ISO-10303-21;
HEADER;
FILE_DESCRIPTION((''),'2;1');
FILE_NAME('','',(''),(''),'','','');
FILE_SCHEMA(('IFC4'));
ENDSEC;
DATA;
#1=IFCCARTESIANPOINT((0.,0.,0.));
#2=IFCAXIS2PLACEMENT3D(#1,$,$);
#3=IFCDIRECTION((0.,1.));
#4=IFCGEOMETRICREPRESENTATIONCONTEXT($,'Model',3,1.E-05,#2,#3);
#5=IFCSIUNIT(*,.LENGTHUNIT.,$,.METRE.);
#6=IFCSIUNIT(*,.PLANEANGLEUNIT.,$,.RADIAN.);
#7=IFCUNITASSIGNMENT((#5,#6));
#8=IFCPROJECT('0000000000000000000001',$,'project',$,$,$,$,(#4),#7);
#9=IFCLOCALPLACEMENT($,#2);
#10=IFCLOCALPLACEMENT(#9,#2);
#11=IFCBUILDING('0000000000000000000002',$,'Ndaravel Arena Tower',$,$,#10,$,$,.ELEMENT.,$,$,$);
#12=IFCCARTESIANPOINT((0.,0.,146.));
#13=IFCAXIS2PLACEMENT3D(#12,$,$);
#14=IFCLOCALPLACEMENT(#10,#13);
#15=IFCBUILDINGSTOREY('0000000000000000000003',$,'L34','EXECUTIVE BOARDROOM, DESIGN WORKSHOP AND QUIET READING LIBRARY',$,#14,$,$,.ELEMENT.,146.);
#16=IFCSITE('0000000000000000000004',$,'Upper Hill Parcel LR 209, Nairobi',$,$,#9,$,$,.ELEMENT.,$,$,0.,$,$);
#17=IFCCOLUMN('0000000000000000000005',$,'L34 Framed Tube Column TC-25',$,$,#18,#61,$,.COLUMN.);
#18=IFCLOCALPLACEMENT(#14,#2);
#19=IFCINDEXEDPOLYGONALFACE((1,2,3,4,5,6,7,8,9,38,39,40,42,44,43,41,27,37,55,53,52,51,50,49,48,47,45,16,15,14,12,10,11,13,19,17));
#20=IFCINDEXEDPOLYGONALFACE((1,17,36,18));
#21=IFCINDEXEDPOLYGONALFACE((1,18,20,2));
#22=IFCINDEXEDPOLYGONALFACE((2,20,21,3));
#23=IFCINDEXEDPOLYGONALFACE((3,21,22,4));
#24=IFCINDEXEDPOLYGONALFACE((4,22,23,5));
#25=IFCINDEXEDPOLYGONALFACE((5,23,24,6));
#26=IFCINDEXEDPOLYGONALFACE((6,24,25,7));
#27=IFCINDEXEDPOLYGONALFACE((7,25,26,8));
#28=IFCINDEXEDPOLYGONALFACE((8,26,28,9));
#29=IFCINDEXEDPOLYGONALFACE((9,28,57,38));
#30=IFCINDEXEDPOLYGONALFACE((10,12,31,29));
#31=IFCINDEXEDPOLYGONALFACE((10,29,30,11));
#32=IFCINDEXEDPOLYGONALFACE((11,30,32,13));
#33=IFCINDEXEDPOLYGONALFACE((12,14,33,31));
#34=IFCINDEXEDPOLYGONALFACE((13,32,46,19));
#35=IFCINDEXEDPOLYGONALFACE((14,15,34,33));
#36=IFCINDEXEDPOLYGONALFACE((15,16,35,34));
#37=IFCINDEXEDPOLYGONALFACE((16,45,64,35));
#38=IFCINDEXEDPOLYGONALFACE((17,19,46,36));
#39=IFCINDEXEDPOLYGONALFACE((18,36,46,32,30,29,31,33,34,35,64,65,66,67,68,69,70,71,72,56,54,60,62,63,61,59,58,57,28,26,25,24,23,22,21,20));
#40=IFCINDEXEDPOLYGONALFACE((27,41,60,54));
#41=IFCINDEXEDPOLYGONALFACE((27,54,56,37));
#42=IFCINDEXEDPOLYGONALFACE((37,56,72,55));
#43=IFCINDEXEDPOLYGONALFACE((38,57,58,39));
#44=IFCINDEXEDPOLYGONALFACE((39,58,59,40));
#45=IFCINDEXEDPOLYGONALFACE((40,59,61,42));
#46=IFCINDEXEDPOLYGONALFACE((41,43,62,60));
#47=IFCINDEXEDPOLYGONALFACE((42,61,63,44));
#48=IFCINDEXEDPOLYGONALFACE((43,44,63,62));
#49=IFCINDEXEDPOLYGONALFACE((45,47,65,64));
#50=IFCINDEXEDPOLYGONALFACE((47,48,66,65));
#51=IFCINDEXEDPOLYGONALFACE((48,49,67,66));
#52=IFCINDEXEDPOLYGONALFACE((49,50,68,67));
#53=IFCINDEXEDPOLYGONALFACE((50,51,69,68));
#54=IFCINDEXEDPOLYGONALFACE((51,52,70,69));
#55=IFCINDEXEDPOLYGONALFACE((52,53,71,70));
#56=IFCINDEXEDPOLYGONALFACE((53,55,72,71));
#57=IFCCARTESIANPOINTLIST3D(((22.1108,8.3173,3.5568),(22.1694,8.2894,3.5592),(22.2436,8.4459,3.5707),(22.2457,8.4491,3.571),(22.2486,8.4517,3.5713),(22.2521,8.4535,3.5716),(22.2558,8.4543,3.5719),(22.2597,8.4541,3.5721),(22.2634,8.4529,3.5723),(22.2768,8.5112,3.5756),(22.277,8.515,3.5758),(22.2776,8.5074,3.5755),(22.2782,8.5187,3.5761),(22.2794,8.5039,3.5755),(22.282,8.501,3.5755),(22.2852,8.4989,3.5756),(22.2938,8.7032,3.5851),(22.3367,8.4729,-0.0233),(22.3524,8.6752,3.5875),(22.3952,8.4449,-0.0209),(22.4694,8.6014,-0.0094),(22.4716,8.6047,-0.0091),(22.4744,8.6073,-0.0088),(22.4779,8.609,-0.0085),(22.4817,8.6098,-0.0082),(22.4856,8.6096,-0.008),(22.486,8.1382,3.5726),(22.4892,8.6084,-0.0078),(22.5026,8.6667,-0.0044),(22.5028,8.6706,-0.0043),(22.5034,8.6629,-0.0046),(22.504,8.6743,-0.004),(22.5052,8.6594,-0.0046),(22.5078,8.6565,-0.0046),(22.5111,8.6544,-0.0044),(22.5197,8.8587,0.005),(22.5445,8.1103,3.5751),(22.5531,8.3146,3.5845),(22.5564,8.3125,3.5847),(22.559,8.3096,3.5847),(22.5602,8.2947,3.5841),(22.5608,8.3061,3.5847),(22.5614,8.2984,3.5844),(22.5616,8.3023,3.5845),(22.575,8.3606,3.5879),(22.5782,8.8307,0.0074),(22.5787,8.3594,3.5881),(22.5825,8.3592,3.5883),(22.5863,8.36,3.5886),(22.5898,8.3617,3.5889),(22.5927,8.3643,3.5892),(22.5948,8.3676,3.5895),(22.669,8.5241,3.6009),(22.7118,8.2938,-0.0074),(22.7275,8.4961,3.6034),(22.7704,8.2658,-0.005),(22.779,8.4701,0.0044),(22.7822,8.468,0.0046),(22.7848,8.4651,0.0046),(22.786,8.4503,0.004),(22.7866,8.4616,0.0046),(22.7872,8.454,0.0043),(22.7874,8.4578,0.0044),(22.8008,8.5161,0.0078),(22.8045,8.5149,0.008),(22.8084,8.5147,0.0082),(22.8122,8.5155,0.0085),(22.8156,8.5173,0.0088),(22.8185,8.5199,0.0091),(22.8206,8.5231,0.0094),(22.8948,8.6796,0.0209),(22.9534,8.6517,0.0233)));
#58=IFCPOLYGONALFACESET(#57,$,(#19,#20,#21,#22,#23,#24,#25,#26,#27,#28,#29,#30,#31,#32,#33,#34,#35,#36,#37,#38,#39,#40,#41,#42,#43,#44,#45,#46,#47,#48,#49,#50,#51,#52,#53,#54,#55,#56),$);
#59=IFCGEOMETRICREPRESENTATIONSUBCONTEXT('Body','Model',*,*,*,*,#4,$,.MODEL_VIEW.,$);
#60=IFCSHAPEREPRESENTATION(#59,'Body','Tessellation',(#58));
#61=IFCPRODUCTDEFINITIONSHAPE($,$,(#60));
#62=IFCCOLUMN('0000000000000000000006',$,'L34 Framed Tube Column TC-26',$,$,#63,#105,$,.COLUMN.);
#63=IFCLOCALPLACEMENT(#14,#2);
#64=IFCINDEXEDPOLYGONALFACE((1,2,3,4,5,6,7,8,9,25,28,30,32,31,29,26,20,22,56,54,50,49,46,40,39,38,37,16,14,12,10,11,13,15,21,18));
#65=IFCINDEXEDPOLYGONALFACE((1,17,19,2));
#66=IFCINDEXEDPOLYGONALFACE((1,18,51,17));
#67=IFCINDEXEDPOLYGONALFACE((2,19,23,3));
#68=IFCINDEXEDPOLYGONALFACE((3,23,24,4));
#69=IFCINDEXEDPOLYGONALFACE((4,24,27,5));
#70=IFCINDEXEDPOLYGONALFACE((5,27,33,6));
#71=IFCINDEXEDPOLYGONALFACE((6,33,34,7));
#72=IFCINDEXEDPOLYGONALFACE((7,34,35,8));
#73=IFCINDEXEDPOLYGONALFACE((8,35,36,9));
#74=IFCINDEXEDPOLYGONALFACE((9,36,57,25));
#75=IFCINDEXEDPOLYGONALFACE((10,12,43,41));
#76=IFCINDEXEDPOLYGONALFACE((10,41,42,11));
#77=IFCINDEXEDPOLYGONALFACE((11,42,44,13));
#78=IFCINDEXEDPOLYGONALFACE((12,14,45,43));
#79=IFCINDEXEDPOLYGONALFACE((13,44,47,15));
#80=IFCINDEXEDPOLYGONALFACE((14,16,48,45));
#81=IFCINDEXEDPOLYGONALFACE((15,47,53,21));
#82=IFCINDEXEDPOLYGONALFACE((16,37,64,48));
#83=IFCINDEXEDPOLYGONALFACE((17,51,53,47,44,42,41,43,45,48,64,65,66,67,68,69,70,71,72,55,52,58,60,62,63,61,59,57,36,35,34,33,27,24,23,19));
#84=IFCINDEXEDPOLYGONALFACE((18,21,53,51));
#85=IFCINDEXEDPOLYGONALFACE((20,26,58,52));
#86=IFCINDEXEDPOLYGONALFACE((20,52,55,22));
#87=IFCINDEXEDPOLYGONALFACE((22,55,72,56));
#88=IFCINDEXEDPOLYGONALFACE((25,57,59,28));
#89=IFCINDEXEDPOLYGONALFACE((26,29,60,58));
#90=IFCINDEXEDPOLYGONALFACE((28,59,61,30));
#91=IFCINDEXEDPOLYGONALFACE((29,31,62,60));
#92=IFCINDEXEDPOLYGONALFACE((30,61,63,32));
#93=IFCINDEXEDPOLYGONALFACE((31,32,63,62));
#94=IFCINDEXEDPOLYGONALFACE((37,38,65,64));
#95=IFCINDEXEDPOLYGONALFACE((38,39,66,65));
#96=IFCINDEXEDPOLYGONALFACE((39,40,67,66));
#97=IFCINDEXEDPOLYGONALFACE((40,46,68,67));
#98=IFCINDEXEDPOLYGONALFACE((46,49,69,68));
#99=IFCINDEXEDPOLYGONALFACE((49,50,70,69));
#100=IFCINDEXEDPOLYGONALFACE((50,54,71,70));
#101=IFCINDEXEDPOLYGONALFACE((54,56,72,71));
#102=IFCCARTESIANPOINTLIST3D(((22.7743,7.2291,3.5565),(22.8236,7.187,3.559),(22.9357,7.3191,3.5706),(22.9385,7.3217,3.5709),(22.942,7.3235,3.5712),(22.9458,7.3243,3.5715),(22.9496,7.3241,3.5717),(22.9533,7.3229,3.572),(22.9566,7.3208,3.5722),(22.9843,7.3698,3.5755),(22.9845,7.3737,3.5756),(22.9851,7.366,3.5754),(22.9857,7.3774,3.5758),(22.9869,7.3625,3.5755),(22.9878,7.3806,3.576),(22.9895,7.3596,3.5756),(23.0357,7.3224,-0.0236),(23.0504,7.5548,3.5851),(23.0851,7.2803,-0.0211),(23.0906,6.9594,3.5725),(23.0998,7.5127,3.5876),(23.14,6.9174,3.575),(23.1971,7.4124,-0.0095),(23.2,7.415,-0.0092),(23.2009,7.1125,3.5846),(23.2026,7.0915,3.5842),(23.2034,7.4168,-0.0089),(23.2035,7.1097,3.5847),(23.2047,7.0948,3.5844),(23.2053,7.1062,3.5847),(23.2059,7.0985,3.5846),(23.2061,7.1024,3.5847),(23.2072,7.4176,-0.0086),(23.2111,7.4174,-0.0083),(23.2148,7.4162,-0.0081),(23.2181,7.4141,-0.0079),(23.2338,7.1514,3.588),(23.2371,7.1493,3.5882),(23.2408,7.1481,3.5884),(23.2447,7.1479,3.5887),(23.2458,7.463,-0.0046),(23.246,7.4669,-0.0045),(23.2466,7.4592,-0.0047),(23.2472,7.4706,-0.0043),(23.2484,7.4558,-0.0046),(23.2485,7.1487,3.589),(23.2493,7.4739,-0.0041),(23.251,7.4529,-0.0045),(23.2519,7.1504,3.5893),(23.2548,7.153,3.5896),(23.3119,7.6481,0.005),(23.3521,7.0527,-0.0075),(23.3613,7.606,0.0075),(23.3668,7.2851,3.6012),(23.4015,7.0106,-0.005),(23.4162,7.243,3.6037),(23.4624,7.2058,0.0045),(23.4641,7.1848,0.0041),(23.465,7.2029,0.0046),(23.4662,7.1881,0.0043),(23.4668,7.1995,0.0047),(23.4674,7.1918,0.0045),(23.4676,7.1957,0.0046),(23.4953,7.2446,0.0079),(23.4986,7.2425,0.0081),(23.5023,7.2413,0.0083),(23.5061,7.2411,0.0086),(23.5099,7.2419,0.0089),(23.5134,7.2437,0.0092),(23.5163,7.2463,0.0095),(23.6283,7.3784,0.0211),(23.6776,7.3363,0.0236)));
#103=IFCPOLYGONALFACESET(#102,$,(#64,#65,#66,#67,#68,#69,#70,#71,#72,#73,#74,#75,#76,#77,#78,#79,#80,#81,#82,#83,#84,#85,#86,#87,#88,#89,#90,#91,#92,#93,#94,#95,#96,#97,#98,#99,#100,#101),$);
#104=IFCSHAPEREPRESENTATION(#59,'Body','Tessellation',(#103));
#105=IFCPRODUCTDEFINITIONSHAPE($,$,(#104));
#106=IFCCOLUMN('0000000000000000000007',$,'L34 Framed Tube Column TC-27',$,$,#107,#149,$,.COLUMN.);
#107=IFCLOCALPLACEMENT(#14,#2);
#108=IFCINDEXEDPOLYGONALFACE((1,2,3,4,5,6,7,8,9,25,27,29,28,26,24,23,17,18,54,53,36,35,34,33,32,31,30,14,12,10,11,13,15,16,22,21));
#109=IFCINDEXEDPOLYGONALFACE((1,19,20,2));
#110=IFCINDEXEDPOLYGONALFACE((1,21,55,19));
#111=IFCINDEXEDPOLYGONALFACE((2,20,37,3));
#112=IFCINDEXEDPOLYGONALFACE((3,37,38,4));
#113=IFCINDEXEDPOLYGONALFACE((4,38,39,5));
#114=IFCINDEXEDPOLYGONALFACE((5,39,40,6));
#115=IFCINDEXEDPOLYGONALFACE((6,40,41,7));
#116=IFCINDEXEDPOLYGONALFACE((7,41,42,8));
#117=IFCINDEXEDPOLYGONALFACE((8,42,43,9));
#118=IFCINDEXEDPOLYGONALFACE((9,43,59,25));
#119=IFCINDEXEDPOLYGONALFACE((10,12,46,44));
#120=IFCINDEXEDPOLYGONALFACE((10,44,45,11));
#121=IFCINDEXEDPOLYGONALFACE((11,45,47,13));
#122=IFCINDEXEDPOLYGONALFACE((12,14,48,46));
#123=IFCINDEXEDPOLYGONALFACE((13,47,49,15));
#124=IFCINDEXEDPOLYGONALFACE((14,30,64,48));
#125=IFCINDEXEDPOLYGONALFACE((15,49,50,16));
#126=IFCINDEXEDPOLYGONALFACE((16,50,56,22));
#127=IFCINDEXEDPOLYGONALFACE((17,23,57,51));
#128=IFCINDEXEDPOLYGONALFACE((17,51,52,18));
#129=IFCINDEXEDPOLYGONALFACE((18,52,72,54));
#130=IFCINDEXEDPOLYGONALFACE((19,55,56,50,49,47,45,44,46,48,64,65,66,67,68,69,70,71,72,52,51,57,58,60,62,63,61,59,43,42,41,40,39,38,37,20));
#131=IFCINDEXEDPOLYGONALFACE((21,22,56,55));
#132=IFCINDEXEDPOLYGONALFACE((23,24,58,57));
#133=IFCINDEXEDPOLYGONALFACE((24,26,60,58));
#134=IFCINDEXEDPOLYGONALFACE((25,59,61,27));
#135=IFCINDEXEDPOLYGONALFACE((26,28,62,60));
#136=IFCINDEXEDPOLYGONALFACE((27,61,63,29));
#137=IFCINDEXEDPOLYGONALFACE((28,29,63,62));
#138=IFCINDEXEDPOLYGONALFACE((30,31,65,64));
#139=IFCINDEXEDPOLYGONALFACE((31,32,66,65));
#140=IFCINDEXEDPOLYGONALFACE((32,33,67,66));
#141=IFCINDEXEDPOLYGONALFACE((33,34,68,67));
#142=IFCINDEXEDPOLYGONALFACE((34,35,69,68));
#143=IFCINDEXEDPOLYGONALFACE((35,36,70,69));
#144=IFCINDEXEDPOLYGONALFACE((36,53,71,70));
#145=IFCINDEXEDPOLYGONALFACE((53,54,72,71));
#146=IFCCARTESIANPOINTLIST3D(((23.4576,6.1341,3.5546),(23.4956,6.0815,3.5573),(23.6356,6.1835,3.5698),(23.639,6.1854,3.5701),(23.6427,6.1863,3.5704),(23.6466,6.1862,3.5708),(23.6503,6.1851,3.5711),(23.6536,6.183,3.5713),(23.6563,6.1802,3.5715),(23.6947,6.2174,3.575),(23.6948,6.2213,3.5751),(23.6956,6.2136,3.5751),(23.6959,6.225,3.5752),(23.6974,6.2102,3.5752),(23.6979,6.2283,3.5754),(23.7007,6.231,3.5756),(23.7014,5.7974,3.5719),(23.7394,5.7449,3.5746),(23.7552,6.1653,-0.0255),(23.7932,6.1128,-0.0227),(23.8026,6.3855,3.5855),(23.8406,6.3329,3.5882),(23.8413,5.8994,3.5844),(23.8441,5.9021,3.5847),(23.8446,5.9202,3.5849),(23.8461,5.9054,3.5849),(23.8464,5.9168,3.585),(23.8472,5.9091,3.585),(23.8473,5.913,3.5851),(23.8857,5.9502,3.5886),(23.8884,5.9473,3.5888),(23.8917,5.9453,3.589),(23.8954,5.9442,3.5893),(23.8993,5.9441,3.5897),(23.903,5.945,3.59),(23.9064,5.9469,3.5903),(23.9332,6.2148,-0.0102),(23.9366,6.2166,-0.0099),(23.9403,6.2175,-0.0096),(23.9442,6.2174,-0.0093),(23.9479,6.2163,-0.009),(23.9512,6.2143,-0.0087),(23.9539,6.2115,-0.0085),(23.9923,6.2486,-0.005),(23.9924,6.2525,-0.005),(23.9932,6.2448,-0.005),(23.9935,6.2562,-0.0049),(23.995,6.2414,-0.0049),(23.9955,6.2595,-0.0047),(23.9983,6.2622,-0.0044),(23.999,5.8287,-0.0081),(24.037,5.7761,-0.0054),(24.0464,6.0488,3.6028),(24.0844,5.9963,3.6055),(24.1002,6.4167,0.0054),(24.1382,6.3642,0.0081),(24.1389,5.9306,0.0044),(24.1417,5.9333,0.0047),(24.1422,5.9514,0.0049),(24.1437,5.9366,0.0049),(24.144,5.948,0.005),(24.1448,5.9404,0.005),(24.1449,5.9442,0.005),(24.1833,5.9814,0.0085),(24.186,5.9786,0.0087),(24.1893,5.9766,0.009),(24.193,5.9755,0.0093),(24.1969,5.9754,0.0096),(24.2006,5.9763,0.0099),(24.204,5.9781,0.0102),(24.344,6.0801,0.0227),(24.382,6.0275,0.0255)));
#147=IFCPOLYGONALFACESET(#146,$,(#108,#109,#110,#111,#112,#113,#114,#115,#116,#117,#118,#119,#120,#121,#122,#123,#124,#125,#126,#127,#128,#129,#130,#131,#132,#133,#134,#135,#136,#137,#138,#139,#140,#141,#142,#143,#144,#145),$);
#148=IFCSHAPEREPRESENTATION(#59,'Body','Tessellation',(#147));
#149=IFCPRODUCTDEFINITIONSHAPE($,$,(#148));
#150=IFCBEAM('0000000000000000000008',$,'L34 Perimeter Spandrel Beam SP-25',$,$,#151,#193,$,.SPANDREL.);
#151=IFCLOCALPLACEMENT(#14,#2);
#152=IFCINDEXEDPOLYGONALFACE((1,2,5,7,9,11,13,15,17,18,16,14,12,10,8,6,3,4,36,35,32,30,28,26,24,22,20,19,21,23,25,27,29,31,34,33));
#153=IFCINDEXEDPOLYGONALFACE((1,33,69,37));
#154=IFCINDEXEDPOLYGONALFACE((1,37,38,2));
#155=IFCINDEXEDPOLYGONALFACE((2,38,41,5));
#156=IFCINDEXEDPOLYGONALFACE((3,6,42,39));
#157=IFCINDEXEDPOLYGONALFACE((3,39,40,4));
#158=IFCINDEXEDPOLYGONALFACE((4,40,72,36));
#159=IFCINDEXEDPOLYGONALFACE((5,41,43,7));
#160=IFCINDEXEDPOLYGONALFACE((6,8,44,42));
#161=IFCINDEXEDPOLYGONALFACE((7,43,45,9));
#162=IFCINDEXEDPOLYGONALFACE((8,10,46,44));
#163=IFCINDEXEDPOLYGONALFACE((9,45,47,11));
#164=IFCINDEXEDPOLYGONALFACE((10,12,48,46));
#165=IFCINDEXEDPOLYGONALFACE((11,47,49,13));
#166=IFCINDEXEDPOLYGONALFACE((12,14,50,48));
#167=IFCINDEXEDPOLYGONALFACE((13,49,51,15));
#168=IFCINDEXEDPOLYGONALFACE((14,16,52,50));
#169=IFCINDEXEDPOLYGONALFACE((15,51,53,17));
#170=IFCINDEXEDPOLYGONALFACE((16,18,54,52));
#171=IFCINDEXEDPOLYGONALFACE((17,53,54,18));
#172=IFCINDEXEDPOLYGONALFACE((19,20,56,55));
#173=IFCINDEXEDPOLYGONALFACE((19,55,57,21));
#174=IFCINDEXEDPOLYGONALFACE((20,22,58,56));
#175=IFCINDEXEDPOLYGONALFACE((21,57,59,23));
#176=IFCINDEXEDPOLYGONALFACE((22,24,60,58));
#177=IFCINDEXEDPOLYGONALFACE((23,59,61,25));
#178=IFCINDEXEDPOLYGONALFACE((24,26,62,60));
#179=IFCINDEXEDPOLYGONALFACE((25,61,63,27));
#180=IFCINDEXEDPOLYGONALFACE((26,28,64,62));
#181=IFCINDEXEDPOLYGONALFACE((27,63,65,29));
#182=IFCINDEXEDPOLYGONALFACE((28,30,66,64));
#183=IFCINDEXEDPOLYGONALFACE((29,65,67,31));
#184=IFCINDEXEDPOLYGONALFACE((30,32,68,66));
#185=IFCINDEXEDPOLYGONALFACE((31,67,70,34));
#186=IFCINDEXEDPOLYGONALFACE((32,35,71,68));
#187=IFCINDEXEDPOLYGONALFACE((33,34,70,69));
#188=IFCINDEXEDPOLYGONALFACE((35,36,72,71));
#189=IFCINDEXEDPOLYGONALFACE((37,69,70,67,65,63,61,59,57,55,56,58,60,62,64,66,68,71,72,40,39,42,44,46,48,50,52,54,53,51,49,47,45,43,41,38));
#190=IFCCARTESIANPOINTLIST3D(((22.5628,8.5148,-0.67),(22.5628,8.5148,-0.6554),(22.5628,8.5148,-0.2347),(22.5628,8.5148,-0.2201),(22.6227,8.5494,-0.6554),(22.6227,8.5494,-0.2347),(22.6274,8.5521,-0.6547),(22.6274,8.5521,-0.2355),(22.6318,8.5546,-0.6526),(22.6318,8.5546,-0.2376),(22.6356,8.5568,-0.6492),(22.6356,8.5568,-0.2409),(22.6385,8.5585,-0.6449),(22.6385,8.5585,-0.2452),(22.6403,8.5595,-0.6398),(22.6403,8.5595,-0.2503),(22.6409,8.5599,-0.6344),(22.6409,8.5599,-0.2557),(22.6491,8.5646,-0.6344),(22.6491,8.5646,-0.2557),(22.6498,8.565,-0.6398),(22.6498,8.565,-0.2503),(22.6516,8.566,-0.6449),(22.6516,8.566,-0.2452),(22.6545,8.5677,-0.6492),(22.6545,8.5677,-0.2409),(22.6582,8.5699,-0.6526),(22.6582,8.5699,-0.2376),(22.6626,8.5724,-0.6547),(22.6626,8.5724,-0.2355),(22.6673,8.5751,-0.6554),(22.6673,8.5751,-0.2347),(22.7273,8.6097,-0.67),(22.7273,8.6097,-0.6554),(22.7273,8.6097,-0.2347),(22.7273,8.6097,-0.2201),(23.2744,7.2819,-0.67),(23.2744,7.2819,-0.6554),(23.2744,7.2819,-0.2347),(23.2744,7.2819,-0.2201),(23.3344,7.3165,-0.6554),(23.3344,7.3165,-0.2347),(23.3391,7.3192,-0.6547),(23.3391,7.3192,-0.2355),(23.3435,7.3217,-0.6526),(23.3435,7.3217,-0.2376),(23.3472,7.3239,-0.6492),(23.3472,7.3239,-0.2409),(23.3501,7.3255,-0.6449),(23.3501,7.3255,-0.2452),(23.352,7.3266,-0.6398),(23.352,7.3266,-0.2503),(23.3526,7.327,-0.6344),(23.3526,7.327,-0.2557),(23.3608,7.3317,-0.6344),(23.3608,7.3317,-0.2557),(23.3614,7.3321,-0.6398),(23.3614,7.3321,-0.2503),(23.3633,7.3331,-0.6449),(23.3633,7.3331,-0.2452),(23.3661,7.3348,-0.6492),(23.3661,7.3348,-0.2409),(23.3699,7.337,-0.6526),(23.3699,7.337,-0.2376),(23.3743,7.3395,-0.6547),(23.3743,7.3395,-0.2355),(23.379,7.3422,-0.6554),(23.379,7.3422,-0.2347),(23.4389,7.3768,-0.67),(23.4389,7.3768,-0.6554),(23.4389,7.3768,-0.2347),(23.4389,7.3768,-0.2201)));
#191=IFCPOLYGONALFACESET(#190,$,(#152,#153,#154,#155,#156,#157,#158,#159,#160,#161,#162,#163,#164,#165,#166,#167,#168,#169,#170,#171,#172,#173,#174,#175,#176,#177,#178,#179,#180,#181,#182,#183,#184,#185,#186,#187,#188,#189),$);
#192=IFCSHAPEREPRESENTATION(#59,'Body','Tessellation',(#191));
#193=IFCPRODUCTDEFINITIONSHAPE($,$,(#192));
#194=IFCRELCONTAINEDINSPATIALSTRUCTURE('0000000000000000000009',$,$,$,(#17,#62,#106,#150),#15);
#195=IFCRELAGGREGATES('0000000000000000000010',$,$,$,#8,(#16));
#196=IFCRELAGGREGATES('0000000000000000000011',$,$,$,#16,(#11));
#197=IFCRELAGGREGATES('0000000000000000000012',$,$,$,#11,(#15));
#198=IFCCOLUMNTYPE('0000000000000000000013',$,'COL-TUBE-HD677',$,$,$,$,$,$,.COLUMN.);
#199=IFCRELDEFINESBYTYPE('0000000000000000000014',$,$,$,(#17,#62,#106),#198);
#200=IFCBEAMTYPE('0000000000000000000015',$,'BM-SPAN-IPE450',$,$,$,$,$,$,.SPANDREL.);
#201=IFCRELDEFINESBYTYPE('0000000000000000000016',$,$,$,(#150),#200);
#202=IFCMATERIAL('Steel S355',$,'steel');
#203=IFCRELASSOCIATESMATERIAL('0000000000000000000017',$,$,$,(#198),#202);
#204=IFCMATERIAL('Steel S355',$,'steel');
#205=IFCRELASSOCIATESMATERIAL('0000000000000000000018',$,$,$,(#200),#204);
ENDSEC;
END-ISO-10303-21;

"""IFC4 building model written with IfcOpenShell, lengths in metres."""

from ifc_helpers import new_model, si_unit, direction, frame, origin, origin_2d, place, context, subcontext, project, spatial, i_section, extrude, material, material_profile, profile_set, type_object, element, save


model = new_model("IFC4")

# Units and contexts
model_context = context("Model", 3, precision=1e-05, world=origin(), true_north=direction((0.0, 1.0)))
body_context = subcontext(model_context, "Body", "Model", "MODEL_VIEW")
ifc_project = project(units=[si_unit("LENGTHUNIT", "METRE"), si_unit("PLANEANGLEUNIT", "RADIAN")], contexts=[model_context])

# Site, building, storey
site_placement = place(None, origin())
site = spatial("IfcSite", under=ifc_project, at=site_placement, Name="Upper Hill Parcel LR 209, Nairobi", CompositionType="ELEMENT", RefElevation=0.0)
building_placement = place(site_placement, origin())
building = spatial("IfcBuilding", under=site, at=building_placement, Name="Ndaravel Arena Tower", CompositionType="ELEMENT")
storey_placement = place(building_placement, frame((0.0, 0.0, 146.0)))
storey = spatial("IfcBuildingStorey", under=building, at=storey_placement, Name="L34", Description="EXECUTIVE BOARDROOM, DESIGN WORKSHOP AND QUIET READING LIBRARY", CompositionType="ELEMENT", Elevation=146.0)

# Columns
ifc_material_1 = material(Name="Steel S355", Category="steel")
ifc_material_profile_1 = material_profile(ifc_material_1, i_section(OverallWidth=0.428, OverallDepth=0.481, WebThickness=0.051, FlangeThickness=0.0649, FilletRadius=0.0149, at=origin_2d()), Name="HD 400x677")
ifc_profile_set_1 = profile_set([ifc_material_profile_1], Name="Steel S355")
column_type = type_object("IfcColumnType", Name="COL-TUBE-HD677", PredefinedType="COLUMN", material=ifc_profile_set_1)
column_1_placement = place(storey_placement, frame((22.645, 8.5623, 0.0), z_axis=(-0.062895, -0.043313, 0.99708), x_axis=(0.42759, 0.90155, 0.066135)))
element("IfcColumn", 1, at=column_1_placement, inside=storey, type_object=column_type, Name="L34 Framed Tube Column TC-25", PredefinedType="COLUMN", context=body_context, shape_type="SweptSolid", body=[
    extrude(i_section(OverallWidth=0.428, OverallDepth=0.481, WebThickness=0.051, FlangeThickness=0.0649, FilletRadius=0.0149, at=origin_2d()), origin(), (0.0, 0.0, 1.0), 3.5906),
])
column_2_placement = place(storey_placement, frame((23.3567, 7.3293, 0.0), z_axis=(-0.072817, -0.025972, 0.997007), x_axis=(0.645278, 0.761008, 0.066953)))
element("IfcColumn", 2, at=column_2_placement, inside=storey, type_object=column_type, Name="L34 Framed Tube Column TC-26", PredefinedType="COLUMN", context=body_context, shape_type="SweptSolid", body=[
    extrude(i_section(OverallWidth=0.428, OverallDepth=0.481, WebThickness=0.051, FlangeThickness=0.0649, FilletRadius=0.0149, at=origin_2d()), origin(), (0.0, 0.0, 1.0), 3.5908),
])
column_3_placement = place(storey_placement, frame((24.0686, 6.0964, 0.0), z_axis=(-0.08284, -0.008699, 0.996525), x_axis=(0.806082, 0.587391, 0.072136)))
element("IfcColumn", 3, at=column_3_placement, inside=storey, type_object=column_type, Name="L34 Framed Tube Column TC-27", PredefinedType="COLUMN", context=body_context, shape_type="SweptSolid", body=[
    extrude(i_section(OverallWidth=0.428, OverallDepth=0.481, WebThickness=0.051, FlangeThickness=0.0649, FilletRadius=0.0149, at=origin_2d()), origin(), (0.0, 0.0, 1.0), 3.5925),
])

# Beam
ifc_material_2 = material(Name="Steel S355", Category="steel")
ifc_material_profile_2 = material_profile(ifc_material_2, i_section(OverallWidth=0.1899, OverallDepth=0.45, WebThickness=0.0095, FlangeThickness=0.0146, FilletRadius=0.021, at=origin_2d()), Name="IPE 450")
ifc_profile_set_2 = profile_set([ifc_material_profile_2], Name="Steel S355")
beam_type = type_object("IfcBeamType", Name="BM-SPAN-IPE450", PredefinedType="SPANDREL", material=ifc_profile_set_2)
for number, where, z_axis, x_axis, name in (
    (4, (22.645, 8.5623, -0.4451), (0.49992, -0.866071, 0.0), (0.866071, 0.49992, 0.0), "L34 Perimeter Spandrel Beam SP-25"),
):
    element("IfcBeam", number, at=place(storey_placement, frame(where, z_axis=z_axis, x_axis=x_axis)), inside=storey, type_object=beam_type, Name=name, PredefinedType="SPANDREL", context=body_context, shape_type="SweptSolid", body=[
        extrude(i_section(OverallWidth=0.1899, OverallDepth=0.45, WebThickness=0.0095, FlangeThickness=0.0146, FilletRadius=0.021, at=origin_2d()), origin(), (0.0, 0.0, 1.0), 1.4236),
    ])

save(model, "model.ifc")
